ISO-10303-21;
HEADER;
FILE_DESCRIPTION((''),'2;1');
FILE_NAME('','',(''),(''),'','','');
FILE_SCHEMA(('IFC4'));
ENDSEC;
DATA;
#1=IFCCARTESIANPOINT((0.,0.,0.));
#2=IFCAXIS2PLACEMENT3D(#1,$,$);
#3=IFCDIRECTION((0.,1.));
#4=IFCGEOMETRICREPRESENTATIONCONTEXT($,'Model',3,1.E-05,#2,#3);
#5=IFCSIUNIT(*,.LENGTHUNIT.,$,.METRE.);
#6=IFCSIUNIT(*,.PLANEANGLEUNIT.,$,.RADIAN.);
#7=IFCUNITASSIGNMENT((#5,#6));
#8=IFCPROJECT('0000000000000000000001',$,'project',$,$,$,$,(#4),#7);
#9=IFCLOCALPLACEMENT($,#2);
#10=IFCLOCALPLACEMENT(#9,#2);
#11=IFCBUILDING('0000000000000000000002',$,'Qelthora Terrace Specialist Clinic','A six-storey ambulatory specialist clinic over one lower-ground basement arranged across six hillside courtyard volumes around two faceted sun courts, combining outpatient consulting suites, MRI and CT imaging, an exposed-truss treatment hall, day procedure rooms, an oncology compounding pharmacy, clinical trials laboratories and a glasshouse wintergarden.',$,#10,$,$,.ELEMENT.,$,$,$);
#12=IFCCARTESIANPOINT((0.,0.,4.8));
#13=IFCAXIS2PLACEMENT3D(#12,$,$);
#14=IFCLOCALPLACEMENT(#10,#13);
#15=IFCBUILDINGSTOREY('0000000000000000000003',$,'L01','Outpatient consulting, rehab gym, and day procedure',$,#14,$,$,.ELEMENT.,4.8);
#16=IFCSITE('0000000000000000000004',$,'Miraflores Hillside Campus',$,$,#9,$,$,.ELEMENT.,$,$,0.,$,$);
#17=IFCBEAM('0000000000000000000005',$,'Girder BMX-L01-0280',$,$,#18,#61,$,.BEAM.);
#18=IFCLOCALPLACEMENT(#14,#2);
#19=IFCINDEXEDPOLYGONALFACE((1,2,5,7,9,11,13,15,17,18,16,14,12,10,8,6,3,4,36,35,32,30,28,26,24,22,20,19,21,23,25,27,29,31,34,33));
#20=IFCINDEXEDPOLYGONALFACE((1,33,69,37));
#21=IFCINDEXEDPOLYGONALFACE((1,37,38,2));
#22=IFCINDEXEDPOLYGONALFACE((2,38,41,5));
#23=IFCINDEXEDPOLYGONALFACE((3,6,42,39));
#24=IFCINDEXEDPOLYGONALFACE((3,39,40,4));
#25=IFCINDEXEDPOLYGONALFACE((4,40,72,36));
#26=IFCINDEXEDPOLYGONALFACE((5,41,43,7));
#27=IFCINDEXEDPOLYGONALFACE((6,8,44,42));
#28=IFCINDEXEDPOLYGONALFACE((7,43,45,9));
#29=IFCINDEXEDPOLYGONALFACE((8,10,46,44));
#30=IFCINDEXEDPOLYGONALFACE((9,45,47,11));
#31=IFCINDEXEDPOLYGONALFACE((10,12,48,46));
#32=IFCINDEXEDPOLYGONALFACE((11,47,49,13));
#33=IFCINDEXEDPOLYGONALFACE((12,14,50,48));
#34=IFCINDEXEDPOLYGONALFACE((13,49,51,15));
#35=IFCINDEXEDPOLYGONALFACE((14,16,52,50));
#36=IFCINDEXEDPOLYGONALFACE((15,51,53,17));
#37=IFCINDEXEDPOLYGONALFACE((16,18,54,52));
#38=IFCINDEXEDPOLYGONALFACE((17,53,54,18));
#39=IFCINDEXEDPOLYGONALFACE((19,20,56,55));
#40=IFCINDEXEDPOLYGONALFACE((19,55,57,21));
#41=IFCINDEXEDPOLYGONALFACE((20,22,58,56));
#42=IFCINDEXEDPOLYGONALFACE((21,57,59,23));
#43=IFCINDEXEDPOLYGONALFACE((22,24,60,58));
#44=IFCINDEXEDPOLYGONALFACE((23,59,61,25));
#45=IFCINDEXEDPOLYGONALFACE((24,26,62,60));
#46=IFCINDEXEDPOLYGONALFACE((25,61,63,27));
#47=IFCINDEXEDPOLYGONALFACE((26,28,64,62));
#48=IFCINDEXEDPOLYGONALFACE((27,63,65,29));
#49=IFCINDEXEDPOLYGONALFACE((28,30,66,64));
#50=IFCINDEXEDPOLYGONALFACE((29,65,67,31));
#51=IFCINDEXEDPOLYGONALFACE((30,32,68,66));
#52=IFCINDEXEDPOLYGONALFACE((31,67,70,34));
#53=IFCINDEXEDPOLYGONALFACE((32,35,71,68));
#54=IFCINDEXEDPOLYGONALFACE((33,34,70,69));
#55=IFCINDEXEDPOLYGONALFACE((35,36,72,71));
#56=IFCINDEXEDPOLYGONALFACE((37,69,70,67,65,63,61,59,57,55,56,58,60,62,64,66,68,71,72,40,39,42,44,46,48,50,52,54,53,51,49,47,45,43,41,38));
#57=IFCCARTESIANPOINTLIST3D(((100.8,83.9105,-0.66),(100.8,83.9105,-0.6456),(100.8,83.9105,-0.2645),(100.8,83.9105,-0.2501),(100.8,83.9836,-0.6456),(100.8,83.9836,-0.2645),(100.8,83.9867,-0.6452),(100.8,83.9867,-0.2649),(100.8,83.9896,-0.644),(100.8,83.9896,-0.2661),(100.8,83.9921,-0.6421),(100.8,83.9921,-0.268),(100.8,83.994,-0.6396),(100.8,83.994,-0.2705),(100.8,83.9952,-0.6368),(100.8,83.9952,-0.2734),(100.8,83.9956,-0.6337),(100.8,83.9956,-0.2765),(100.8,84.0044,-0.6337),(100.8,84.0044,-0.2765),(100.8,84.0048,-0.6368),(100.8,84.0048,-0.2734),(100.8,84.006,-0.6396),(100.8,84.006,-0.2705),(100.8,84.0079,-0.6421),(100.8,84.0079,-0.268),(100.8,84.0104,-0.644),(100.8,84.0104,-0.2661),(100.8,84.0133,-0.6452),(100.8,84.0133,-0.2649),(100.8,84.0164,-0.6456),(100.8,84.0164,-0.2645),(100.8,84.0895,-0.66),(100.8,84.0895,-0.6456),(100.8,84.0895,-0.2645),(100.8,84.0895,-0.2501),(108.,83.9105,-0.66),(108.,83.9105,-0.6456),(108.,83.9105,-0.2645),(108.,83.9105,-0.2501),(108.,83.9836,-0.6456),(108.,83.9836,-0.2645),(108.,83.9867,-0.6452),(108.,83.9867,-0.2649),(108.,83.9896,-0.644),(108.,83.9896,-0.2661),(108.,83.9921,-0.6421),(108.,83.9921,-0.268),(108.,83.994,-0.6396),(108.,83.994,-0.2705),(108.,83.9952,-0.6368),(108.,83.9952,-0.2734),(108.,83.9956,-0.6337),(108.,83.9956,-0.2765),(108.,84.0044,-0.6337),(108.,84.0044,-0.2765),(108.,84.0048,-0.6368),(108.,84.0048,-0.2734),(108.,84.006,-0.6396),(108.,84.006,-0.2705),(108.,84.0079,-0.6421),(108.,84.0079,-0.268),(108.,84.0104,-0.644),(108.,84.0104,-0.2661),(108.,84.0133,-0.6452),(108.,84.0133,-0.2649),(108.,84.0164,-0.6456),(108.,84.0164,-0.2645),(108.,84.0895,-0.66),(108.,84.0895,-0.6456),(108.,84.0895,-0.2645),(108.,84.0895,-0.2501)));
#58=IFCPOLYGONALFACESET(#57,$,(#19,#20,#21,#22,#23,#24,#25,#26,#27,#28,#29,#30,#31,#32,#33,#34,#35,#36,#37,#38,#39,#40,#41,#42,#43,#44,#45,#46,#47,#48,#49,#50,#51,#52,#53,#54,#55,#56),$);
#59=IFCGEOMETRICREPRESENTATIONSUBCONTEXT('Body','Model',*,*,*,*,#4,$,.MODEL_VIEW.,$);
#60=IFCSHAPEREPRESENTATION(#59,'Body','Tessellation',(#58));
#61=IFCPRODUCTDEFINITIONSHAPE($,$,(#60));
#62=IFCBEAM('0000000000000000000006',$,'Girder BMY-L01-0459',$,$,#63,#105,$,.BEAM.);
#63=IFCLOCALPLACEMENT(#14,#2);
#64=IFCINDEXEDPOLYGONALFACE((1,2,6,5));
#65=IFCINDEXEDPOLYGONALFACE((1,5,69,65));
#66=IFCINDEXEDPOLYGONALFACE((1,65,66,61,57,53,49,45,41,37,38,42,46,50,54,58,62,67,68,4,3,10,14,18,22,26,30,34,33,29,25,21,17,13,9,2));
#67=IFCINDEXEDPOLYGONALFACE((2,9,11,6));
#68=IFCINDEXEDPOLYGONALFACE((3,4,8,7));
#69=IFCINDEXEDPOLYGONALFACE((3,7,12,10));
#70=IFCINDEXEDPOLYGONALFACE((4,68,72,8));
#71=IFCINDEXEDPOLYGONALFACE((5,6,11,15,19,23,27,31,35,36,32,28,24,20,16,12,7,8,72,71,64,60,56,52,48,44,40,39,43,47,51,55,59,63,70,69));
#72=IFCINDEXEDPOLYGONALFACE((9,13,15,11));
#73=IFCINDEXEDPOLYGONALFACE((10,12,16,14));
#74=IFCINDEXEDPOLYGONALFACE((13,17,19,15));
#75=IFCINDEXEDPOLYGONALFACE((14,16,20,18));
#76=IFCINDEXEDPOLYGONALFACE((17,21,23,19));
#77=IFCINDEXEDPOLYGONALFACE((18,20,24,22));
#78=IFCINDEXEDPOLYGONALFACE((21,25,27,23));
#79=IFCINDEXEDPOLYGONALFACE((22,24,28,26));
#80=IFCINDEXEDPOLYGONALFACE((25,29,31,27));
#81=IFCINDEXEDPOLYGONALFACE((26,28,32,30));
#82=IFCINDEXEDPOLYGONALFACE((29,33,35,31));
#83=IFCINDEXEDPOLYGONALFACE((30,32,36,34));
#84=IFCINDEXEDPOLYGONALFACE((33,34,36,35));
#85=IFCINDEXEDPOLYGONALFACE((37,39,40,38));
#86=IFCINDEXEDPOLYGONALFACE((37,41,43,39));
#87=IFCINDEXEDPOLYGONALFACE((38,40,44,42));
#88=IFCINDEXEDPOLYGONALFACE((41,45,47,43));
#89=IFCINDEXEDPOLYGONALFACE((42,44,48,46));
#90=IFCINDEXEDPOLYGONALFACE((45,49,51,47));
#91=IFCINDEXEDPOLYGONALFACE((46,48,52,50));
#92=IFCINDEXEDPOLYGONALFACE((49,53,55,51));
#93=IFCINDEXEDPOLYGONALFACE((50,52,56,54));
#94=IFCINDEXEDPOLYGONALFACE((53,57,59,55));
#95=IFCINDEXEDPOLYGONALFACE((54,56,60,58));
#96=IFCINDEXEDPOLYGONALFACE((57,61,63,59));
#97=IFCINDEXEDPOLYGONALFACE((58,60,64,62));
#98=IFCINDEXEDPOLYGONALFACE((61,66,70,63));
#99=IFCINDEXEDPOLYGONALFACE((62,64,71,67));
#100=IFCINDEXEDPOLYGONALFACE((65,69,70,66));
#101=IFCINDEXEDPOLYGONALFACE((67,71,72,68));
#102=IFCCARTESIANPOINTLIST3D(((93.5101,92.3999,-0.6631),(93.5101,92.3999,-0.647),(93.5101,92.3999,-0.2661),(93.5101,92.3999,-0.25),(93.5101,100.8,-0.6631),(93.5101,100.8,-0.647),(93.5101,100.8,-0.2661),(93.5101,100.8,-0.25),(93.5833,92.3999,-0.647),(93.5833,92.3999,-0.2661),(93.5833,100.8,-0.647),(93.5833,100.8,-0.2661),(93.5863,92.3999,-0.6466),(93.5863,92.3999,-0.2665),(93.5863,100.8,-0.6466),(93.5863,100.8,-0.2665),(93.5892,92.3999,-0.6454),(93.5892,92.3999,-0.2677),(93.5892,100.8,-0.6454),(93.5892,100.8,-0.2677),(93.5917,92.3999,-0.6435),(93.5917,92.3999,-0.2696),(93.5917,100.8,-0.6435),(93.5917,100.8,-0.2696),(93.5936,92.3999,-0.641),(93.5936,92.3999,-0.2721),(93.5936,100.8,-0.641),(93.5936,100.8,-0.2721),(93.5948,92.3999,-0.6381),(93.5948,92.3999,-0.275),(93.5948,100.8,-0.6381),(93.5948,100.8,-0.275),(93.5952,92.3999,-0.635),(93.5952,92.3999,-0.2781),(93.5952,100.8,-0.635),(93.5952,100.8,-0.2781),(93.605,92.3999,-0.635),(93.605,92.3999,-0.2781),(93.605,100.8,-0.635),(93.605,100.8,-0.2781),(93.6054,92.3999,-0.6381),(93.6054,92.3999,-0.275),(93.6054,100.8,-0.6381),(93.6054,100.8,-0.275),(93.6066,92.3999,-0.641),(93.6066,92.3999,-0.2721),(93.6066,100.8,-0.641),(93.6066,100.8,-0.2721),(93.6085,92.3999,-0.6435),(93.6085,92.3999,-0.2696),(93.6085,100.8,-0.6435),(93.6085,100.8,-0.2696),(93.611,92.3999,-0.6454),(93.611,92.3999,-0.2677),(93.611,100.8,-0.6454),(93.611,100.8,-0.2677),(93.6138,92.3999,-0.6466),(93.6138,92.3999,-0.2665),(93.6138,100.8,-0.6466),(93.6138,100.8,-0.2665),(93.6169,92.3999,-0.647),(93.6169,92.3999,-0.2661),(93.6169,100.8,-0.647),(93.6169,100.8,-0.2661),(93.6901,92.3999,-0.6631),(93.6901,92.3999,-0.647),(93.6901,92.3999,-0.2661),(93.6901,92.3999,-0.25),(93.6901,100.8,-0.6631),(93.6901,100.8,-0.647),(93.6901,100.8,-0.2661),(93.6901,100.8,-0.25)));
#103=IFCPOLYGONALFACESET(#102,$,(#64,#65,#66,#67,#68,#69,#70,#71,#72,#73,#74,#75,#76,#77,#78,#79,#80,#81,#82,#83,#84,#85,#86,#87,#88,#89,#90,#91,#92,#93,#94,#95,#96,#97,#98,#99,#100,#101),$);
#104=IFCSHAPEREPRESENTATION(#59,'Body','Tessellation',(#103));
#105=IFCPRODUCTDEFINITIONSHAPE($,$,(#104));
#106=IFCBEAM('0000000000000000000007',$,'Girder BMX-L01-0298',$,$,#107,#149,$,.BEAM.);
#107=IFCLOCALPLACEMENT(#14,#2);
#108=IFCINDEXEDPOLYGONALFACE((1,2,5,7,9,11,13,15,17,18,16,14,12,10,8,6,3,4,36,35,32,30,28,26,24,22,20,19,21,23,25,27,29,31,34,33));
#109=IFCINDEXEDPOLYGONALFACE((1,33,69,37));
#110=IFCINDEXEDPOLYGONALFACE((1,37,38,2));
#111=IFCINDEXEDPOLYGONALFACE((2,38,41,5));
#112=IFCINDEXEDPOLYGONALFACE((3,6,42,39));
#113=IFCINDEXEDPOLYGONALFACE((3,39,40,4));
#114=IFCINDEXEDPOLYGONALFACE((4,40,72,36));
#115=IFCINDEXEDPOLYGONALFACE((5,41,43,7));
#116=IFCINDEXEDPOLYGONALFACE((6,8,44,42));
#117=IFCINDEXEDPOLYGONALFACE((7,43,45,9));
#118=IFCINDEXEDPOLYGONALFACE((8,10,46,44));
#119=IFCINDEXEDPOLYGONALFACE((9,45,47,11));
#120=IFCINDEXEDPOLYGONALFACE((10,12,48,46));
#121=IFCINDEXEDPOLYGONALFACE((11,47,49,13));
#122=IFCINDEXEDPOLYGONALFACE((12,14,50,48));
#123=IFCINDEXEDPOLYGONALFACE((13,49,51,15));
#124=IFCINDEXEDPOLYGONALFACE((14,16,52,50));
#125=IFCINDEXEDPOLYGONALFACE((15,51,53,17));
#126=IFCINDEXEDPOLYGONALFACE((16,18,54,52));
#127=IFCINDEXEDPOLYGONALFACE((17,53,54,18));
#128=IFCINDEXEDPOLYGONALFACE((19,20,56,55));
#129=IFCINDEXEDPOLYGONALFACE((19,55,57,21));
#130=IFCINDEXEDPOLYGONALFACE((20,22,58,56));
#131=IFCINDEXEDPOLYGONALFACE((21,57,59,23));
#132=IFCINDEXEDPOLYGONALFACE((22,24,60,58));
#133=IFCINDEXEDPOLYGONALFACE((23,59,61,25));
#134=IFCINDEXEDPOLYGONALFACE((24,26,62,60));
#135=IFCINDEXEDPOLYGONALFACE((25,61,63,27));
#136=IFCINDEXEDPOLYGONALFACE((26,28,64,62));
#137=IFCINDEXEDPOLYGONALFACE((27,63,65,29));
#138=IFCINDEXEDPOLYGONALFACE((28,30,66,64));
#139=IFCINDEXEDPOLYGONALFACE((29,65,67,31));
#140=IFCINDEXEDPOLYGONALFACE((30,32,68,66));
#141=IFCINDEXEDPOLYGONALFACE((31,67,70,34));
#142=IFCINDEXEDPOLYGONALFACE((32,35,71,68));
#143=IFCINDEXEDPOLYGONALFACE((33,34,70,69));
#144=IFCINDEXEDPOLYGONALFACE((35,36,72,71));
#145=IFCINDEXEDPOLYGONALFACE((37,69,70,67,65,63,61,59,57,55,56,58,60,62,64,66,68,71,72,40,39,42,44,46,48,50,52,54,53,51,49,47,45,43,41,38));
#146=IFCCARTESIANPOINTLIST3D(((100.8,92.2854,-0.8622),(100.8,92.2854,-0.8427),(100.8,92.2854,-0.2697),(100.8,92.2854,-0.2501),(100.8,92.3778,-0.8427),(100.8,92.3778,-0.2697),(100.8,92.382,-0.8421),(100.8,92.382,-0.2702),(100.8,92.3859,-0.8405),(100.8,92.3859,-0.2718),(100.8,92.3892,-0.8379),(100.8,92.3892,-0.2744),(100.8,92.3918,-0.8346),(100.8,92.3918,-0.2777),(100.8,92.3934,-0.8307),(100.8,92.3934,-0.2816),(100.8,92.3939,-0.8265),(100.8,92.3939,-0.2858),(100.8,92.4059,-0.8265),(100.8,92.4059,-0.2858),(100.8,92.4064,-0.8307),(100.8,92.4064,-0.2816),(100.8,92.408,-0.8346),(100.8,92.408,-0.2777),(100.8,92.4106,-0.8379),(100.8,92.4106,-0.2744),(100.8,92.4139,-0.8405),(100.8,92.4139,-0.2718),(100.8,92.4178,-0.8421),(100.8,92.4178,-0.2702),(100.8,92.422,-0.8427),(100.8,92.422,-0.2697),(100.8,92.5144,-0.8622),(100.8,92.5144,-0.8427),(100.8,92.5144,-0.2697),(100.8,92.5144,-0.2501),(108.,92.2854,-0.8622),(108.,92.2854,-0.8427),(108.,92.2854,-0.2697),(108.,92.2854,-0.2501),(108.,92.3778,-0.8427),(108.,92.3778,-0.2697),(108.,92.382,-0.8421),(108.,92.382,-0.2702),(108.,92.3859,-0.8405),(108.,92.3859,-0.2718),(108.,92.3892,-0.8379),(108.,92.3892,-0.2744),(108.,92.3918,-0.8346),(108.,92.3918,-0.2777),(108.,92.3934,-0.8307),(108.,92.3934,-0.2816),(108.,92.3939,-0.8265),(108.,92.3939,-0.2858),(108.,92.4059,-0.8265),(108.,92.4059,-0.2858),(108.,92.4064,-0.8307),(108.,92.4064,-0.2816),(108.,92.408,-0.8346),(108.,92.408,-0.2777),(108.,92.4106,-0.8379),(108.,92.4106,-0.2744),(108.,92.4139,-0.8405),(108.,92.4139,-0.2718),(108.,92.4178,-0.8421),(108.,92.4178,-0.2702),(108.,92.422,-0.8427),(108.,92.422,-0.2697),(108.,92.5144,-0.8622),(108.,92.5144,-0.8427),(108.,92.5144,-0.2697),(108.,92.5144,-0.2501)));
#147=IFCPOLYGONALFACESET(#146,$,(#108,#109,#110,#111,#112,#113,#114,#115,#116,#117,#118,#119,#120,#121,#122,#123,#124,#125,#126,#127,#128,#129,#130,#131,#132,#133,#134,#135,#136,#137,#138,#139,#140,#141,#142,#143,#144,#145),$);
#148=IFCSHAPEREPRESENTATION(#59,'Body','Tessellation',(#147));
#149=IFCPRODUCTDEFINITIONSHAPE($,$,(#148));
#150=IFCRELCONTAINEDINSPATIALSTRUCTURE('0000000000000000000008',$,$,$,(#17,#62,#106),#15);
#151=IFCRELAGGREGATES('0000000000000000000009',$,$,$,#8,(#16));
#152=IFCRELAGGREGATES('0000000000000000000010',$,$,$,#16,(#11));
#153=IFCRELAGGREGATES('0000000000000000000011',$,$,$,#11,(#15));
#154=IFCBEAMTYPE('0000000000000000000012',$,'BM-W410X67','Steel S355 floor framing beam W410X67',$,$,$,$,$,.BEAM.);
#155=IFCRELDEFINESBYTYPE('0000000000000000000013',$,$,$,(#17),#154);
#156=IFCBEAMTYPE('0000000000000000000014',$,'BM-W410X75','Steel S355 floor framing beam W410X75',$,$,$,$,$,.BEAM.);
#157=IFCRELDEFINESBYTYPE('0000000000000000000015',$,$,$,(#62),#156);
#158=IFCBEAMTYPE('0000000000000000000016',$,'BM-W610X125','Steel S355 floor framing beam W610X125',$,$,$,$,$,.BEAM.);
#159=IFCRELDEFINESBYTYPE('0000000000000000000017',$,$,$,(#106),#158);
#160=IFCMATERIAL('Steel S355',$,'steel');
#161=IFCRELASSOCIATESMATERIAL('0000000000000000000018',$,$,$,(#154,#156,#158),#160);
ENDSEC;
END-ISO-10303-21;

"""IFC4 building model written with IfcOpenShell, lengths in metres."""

from ifc_helpers import new_model, si_unit, direction, frame, origin, origin_2d, place, context, subcontext, project, spatial, i_section, extrude, material, material_profile, profile_set, type_object, element, save


model = new_model("IFC4")

# Units and contexts
model_context = context("Model", 3, precision=1e-05, world=origin(), true_north=direction((0.0, 1.0)))
body_context = subcontext(model_context, "Body", "Model", "MODEL_VIEW")
ifc_project = project(units=[si_unit("LENGTHUNIT", "METRE"), si_unit("PLANEANGLEUNIT", "RADIAN")], contexts=[model_context])

# Site, building, storey
site_placement = place(None, origin())
site = spatial("IfcSite", under=ifc_project, at=site_placement, Name="Miraflores Hillside Campus", CompositionType="ELEMENT", RefElevation=0.0)
building_placement = place(site_placement, origin())
building = spatial("IfcBuilding", under=site, at=building_placement, Name="Qelthora Terrace Specialist Clinic", Description="A six-storey ambulatory specialist clinic over one lower-ground basement arranged across six hillside courtyard volumes around two faceted sun courts, combining outpatient consulting suites, MRI and CT imaging, an exposed-truss treatment hall, day procedure rooms, an oncology compounding pharmacy, clinical trials laboratories and a glasshouse wintergarden.", CompositionType="ELEMENT")
storey_placement = place(building_placement, frame((0.0, 0.0, 4.8)))
storey = spatial("IfcBuildingStorey", under=building, at=storey_placement, Name="L01", Description="Outpatient consulting, rehab gym, and day procedure", CompositionType="ELEMENT", Elevation=4.8)

# Shared definitions
ifc_material_1 = material(Name="Steel S355", Category="steel")

# Beams
ifc_material_profile_1 = material_profile(ifc_material_1, i_section(OverallWidth=0.179, OverallDepth=0.4099, WebThickness=0.0088, FlangeThickness=0.0144, FilletRadius=0.012, at=origin_2d()), Name="W410X67")
ifc_profile_set_1 = profile_set([ifc_material_profile_1], Name="Steel S355")
beam_type_1 = type_object("IfcBeamType", Name="BM-W410X67", Description="Steel S355 floor framing beam W410X67", PredefinedType="BEAM", material=ifc_profile_set_1)
beam_1_placement = place(storey_placement, frame((100.8, 84.0, -0.4551), z_axis=(1.0, 0.0, 0.0), x_axis=(0.0, 1.0, 0.0)))
element("IfcBeam", 1, at=beam_1_placement, inside=storey, type_object=beam_type_1, Name="Girder BMX-L01-0280", PredefinedType="BEAM", context=body_context, shape_type="SweptSolid", body=[
    extrude(i_section(OverallWidth=0.179, OverallDepth=0.4099, WebThickness=0.0088, FlangeThickness=0.0144, FilletRadius=0.012, at=origin_2d()), origin(), (0.0, 0.0, 1.0), 7.2),
])
ifc_material_profile_2 = material_profile(ifc_material_1, i_section(OverallWidth=0.1799, OverallDepth=0.4131, WebThickness=0.0098, FlangeThickness=0.0161, FilletRadius=0.012, at=origin_2d()), Name="W410X75")
ifc_profile_set_2 = profile_set([ifc_material_profile_2], Name="Steel S355")
beam_type_2 = type_object("IfcBeamType", Name="BM-W410X75", Description="Steel S355 floor framing beam W410X75", PredefinedType="BEAM", material=ifc_profile_set_2)
beam_2_placement = place(storey_placement, frame((93.6001, 92.3999, -0.4565), z_axis=(0.0, 1.0, 0.0), x_axis=(-1.0, 0.0, 0.0)))
element("IfcBeam", 2, at=beam_2_placement, inside=storey, type_object=beam_type_2, Name="Girder BMY-L01-0459", PredefinedType="BEAM", context=body_context, shape_type="SweptSolid", body=[
    extrude(i_section(OverallWidth=0.1799, OverallDepth=0.4131, WebThickness=0.0098, FlangeThickness=0.0161, FilletRadius=0.012, at=origin_2d()), origin(), (0.0, 0.0, 1.0), 8.4001),
])
ifc_material_profile_3 = material_profile(ifc_material_1, i_section(OverallWidth=0.229, OverallDepth=0.6121, WebThickness=0.012, FlangeThickness=0.0195, FilletRadius=0.0161, at=origin_2d()), Name="W610X125")
ifc_profile_set_3 = profile_set([ifc_material_profile_3], Name="Steel S355")
beam_type_3 = type_object("IfcBeamType", Name="BM-W610X125", Description="Steel S355 floor framing beam W610X125", PredefinedType="BEAM", material=ifc_profile_set_3)
beam_3_placement = place(storey_placement, frame((100.8, 92.3999, -0.5562), z_axis=(1.0, 0.0, 0.0), x_axis=(0.0, 1.0, 0.0)))
element("IfcBeam", 3, at=beam_3_placement, inside=storey, type_object=beam_type_3, Name="Girder BMX-L01-0298", PredefinedType="BEAM", context=body_context, shape_type="SweptSolid", body=[
    extrude(i_section(OverallWidth=0.229, OverallDepth=0.6121, WebThickness=0.012, FlangeThickness=0.0195, FilletRadius=0.0161, at=origin_2d()), origin(), (0.0, 0.0, 1.0), 7.2),
])

save(model, "model.ifc")
